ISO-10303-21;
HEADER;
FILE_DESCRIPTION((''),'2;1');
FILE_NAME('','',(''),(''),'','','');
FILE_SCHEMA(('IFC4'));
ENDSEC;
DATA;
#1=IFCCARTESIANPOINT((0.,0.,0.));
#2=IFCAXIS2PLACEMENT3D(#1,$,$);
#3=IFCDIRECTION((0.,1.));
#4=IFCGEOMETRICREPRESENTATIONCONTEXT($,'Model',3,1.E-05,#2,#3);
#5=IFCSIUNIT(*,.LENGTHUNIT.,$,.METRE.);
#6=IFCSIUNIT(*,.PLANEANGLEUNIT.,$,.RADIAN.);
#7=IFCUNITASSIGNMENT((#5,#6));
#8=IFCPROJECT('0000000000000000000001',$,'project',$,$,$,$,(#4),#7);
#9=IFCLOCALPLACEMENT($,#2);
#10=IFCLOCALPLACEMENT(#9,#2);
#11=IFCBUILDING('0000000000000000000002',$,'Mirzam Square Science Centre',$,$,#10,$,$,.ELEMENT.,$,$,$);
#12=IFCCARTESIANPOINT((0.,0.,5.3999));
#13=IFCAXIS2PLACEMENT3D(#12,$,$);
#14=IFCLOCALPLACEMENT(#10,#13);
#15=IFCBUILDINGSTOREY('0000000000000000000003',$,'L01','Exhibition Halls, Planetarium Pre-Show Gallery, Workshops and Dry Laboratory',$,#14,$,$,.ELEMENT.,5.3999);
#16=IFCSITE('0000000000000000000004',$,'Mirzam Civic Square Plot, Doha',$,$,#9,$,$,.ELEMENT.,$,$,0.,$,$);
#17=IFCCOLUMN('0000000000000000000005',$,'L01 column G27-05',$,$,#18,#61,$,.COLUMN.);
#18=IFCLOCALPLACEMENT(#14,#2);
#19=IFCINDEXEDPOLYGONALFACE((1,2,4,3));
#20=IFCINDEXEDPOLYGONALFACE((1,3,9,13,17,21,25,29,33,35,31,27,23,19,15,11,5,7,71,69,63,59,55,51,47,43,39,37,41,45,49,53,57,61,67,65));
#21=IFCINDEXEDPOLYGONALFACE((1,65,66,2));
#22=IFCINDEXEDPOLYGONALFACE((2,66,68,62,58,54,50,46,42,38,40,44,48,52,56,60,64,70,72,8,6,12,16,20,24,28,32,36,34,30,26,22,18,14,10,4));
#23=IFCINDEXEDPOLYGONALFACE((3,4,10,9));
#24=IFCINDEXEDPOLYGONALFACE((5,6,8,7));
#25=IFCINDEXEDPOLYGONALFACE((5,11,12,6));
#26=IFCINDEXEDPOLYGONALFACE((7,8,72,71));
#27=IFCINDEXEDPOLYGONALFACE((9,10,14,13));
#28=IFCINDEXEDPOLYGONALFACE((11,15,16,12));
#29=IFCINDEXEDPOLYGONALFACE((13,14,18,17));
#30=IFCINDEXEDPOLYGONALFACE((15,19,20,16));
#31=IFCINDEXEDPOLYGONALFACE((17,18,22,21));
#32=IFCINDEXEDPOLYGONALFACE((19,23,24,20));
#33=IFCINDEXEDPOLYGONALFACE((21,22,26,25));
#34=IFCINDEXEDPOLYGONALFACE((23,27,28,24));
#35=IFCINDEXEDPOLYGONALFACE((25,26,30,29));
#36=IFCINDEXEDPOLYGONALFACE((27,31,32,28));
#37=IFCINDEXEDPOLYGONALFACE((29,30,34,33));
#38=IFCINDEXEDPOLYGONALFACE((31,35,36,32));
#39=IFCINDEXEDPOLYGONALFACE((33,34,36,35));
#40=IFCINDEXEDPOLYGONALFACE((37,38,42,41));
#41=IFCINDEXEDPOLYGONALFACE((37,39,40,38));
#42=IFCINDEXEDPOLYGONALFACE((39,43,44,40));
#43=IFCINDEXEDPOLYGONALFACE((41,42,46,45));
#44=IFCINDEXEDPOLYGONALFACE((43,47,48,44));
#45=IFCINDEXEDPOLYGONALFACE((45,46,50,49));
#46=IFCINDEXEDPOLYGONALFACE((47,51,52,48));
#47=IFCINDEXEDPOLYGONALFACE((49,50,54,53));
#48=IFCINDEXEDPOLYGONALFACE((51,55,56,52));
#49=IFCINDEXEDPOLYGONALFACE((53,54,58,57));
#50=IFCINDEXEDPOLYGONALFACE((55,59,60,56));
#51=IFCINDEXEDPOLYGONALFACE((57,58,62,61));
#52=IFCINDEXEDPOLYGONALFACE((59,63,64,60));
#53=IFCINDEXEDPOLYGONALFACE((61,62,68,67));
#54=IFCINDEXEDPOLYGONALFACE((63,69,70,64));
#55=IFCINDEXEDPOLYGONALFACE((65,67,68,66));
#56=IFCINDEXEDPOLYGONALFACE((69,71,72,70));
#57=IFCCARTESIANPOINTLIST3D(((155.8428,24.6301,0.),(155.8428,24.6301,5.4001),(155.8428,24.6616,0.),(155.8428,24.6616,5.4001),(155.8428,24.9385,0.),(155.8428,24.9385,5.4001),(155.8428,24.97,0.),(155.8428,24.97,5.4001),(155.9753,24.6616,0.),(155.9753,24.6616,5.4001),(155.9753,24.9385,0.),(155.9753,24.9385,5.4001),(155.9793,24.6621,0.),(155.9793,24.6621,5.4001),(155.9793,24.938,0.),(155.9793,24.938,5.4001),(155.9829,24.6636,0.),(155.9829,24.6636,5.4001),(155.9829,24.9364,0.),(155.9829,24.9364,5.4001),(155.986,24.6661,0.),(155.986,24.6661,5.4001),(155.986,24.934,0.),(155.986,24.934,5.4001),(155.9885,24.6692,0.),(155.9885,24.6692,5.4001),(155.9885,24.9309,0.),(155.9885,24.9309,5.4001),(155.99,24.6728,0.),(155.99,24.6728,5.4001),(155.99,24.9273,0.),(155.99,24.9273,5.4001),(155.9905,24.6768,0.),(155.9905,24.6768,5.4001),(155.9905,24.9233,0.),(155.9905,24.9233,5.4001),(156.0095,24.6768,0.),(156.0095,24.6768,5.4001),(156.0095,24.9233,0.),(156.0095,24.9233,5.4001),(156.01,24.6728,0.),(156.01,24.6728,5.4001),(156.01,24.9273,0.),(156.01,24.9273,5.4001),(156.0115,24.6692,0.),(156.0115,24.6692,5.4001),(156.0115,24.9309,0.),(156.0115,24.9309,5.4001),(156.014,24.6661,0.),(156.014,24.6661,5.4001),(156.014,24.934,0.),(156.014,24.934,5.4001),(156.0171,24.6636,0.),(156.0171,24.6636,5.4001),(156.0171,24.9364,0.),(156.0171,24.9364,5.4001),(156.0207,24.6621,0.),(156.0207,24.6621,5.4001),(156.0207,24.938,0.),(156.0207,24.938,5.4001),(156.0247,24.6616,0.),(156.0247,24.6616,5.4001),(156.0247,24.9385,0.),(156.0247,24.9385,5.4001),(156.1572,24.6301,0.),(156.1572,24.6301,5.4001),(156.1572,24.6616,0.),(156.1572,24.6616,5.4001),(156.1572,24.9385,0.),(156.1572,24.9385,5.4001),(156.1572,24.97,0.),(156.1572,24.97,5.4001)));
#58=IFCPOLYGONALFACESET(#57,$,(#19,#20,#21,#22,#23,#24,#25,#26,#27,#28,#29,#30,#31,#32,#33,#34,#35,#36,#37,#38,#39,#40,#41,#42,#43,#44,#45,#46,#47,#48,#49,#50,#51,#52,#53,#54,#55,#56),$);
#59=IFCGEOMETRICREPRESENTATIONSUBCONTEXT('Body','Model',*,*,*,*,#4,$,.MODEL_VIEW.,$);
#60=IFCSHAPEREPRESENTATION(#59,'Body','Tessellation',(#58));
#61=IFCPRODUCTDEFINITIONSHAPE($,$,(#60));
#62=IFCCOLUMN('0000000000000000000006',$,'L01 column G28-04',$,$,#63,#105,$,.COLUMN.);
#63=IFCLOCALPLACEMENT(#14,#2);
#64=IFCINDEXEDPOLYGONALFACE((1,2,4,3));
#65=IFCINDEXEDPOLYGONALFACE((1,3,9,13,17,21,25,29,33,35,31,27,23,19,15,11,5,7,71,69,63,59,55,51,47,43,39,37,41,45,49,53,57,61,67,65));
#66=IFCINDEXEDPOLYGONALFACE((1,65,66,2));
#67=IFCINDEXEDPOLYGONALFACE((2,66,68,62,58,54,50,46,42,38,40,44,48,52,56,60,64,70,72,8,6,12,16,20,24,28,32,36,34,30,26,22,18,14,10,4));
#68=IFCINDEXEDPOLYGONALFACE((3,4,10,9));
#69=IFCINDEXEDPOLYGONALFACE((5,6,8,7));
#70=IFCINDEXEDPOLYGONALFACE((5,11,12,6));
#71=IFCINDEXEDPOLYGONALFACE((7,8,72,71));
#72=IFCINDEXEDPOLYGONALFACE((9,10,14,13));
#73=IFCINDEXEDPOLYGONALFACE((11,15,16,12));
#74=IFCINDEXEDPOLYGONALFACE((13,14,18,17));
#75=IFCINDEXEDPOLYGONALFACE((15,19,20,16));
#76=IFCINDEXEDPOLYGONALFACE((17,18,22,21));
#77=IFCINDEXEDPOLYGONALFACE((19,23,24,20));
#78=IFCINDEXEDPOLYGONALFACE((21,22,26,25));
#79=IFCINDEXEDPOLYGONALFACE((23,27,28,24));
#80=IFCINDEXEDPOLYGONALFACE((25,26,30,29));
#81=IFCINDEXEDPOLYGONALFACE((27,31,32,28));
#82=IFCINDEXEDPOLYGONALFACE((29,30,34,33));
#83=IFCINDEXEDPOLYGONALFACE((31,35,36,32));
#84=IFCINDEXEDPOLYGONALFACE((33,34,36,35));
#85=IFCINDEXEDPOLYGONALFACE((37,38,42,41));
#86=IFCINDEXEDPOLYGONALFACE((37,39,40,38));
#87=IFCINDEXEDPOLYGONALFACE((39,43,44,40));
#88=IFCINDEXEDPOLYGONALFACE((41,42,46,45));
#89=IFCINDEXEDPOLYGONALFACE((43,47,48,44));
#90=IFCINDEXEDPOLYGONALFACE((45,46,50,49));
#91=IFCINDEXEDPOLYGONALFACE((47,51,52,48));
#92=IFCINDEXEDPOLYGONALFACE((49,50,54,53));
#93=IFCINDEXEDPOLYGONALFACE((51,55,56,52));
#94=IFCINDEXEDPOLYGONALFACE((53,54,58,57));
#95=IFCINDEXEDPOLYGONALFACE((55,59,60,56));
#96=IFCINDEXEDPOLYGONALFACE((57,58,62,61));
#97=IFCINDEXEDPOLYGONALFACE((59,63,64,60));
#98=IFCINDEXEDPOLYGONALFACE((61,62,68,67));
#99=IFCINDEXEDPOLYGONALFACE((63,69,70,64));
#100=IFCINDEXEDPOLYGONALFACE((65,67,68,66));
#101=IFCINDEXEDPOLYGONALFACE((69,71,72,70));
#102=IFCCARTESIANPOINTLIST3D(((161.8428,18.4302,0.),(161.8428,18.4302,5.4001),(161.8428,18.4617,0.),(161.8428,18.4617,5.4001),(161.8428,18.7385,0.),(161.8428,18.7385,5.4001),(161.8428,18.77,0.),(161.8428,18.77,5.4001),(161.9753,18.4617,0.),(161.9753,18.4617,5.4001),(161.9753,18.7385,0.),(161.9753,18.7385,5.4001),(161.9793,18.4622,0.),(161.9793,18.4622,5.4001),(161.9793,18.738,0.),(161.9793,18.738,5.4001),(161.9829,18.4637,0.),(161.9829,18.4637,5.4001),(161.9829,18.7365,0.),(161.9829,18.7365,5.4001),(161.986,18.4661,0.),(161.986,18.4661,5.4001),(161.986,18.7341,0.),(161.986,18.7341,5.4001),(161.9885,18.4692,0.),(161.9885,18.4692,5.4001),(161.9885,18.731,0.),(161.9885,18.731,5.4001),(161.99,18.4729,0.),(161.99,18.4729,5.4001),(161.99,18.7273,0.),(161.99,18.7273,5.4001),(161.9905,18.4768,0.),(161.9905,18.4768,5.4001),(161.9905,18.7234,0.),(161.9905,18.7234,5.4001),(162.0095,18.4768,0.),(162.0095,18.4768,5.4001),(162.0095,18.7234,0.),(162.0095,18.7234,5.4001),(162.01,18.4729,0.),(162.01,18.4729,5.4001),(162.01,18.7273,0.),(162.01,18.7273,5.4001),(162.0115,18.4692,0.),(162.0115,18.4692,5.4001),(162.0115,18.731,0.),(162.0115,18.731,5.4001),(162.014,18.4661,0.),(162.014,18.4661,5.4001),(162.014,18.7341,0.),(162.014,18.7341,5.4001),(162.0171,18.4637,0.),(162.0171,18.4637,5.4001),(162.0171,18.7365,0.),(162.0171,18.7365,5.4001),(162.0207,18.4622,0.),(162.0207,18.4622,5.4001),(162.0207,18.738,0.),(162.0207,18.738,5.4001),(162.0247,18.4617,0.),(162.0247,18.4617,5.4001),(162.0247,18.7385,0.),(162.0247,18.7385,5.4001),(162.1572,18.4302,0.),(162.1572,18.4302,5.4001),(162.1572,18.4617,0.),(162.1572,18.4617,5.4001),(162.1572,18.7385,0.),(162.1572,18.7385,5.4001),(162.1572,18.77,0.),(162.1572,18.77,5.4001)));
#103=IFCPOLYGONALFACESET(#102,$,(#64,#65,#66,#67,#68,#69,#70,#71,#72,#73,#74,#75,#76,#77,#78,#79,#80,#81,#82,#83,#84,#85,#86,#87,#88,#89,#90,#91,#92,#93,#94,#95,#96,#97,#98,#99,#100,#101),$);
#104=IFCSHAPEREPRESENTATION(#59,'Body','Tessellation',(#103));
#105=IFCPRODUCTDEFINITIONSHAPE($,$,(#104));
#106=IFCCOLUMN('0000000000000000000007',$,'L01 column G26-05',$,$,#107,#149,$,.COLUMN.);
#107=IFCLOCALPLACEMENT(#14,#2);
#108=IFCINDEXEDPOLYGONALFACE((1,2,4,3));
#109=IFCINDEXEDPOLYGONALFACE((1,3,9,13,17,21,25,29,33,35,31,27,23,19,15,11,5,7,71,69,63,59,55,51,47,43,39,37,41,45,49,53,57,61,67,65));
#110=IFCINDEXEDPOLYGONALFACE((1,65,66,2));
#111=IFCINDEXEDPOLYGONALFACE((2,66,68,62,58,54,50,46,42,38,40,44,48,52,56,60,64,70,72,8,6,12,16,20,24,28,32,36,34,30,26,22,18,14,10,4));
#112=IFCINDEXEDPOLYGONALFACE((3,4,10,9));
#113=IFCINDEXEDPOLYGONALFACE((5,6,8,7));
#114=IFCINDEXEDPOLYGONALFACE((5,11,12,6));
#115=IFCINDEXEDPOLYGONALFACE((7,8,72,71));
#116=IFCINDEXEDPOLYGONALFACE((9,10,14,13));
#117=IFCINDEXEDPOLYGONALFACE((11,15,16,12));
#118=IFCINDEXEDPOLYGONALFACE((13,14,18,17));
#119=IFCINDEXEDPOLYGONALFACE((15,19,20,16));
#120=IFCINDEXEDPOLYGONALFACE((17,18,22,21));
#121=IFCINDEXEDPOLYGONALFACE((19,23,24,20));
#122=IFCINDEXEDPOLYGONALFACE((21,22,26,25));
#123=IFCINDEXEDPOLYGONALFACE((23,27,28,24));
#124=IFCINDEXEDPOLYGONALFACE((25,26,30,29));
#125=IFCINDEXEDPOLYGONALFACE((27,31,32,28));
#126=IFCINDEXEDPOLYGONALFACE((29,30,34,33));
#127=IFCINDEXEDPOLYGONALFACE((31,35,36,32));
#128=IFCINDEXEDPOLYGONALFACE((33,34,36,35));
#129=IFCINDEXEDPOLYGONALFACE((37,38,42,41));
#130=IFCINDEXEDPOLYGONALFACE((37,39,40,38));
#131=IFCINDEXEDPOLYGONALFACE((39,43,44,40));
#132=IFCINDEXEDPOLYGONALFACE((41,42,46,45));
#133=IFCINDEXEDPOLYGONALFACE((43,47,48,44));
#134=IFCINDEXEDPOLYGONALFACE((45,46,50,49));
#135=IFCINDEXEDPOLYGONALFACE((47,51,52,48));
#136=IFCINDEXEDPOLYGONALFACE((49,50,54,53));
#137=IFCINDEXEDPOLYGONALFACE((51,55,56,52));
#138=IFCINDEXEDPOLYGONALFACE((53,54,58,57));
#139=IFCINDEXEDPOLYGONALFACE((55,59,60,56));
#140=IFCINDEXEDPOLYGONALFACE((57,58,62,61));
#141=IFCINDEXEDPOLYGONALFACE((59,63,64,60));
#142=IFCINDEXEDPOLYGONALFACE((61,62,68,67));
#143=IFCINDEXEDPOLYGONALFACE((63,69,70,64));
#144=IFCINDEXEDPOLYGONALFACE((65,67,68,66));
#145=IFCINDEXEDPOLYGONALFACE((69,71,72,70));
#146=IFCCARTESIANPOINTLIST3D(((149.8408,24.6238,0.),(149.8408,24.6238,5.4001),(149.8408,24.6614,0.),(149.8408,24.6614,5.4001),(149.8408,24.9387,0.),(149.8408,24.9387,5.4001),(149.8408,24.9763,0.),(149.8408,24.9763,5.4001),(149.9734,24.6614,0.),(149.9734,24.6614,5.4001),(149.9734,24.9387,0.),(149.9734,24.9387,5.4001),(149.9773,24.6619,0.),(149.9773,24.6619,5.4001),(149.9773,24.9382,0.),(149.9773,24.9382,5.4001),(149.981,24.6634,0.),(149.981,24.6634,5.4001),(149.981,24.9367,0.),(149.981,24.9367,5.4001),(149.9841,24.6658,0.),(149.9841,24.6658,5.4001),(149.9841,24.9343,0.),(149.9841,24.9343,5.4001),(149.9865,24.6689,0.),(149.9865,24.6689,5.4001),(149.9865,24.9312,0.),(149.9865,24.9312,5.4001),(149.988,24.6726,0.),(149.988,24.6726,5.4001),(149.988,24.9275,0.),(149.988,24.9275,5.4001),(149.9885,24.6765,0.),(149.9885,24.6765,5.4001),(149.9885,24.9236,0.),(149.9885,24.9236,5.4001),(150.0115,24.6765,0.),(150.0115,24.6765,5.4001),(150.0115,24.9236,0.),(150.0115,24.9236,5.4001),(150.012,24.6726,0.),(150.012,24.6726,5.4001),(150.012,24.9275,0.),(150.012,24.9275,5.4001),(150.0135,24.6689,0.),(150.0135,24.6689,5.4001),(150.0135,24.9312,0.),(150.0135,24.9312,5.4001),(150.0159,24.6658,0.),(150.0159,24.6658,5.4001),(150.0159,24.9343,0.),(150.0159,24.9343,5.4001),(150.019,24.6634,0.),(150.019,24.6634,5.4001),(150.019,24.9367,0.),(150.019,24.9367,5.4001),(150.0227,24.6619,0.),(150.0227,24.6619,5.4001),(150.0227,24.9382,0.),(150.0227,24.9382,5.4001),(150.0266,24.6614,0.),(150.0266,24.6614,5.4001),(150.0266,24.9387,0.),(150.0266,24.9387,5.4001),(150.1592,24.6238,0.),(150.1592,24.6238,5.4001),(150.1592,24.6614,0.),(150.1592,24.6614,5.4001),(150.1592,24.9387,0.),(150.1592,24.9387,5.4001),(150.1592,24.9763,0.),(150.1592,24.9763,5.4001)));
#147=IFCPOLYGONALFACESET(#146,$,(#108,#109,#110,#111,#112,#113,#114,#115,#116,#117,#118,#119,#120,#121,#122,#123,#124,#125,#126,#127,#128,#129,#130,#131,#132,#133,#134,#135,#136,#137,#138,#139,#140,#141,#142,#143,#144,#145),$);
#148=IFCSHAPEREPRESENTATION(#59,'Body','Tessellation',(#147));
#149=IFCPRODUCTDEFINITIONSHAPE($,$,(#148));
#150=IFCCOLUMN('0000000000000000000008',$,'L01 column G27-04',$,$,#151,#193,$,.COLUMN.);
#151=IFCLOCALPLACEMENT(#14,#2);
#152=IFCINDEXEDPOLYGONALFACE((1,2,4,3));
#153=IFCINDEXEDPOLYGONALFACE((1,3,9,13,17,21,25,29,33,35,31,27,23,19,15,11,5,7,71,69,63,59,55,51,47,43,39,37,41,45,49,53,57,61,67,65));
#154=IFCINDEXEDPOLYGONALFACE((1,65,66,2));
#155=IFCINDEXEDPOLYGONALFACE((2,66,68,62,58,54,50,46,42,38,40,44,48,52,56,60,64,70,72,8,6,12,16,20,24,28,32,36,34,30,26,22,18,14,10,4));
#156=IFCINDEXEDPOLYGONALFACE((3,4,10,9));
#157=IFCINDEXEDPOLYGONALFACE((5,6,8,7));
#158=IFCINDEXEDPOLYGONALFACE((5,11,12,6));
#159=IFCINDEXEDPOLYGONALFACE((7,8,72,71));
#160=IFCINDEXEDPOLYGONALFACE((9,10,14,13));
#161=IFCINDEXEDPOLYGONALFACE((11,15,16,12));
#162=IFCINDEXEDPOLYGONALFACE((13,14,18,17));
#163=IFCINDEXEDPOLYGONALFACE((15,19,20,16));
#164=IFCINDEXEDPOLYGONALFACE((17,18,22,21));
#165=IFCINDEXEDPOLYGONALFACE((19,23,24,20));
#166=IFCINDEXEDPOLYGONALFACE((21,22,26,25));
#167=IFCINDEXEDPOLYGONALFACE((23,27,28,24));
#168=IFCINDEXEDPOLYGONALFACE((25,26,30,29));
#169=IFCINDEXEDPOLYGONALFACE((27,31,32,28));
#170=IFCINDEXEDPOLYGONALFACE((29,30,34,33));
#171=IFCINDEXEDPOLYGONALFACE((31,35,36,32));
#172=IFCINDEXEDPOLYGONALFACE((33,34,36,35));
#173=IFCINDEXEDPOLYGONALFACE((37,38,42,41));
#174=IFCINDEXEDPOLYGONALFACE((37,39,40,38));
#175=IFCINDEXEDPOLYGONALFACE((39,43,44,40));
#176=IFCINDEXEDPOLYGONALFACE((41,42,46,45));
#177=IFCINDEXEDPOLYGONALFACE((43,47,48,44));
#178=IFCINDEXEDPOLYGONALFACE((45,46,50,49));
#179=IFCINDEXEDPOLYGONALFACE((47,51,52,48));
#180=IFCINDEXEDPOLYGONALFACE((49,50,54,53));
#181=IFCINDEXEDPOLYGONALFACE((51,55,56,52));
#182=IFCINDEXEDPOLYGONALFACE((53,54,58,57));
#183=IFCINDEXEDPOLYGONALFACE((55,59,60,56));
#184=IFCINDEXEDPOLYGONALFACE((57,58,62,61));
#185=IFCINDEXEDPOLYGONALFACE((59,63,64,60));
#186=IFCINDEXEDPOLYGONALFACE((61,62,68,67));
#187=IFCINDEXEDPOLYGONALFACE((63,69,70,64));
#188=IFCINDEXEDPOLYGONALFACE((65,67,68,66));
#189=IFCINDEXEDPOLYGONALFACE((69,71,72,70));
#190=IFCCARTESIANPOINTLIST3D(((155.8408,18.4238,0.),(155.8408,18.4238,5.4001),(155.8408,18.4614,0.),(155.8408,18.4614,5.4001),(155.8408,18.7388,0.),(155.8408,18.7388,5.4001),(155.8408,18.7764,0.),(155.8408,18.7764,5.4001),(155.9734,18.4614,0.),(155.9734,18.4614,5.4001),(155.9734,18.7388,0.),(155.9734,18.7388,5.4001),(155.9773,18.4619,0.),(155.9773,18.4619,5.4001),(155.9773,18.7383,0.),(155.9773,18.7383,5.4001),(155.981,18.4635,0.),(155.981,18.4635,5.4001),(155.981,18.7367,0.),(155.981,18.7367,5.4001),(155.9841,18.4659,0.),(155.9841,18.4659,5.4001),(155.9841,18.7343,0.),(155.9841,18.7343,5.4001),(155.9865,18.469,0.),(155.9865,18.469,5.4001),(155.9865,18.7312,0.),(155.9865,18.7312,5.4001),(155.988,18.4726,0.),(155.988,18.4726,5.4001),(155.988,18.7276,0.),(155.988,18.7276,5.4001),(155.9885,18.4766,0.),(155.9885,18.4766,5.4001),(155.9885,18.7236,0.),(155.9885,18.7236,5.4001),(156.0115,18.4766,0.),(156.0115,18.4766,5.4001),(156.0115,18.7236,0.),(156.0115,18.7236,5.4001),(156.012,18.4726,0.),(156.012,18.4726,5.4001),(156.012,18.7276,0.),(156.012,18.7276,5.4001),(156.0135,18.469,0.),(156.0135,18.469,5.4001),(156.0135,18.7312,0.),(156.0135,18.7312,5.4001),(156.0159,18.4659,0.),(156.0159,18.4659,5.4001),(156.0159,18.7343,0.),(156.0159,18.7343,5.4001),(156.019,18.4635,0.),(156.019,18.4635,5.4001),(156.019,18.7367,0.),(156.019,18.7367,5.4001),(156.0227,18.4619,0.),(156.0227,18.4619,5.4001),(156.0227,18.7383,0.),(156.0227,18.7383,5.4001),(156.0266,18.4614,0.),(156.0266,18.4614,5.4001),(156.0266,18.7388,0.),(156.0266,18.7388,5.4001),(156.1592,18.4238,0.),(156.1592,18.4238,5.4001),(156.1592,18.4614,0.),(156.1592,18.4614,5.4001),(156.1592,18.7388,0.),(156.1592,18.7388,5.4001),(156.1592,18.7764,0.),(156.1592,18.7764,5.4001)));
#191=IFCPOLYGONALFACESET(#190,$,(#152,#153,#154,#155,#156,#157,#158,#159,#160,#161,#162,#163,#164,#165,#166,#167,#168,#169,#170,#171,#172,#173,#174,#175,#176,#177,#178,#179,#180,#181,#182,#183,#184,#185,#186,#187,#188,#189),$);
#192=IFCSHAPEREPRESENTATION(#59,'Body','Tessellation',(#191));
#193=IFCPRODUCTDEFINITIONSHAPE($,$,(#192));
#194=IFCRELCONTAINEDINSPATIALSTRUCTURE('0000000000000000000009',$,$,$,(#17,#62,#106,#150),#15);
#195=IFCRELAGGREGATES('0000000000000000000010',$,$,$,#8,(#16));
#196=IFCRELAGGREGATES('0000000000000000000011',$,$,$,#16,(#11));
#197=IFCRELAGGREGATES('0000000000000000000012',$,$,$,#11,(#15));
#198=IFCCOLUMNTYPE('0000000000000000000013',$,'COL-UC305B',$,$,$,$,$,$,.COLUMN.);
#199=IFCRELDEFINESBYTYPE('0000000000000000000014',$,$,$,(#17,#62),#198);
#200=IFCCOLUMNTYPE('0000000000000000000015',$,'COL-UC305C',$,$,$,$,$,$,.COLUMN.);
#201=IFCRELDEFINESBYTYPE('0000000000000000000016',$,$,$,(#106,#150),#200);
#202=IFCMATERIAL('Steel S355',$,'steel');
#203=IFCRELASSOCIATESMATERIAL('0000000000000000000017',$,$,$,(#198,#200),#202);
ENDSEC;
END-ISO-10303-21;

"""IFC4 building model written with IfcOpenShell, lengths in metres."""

from ifc_helpers import new_model, si_unit, direction, frame, origin, origin_2d, place, context, subcontext, project, spatial, i_section, extrude, material, material_profile, profile_set, type_object, element, save


model = new_model("IFC4")

# Units and contexts
model_context = context("Model", 3, precision=1e-05, world=origin(), true_north=direction((0.0, 1.0)))
body_context = subcontext(model_context, "Body", "Model", "MODEL_VIEW")
ifc_project = project(units=[si_unit("LENGTHUNIT", "METRE"), si_unit("PLANEANGLEUNIT", "RADIAN")], contexts=[model_context])

# Site, building, storey
site_placement = place(None, origin())
site = spatial("IfcSite", under=ifc_project, at=site_placement, Name="Mirzam Civic Square Plot, Doha", CompositionType="ELEMENT", RefElevation=0.0)
building_placement = place(site_placement, origin())
building = spatial("IfcBuilding", under=site, at=building_placement, Name="Mirzam Square Science Centre", CompositionType="ELEMENT")
storey_placement = place(building_placement, frame((0.0, 0.0, 5.3999)))
storey = spatial("IfcBuildingStorey", under=building, at=storey_placement, Name="L01", Description="Exhibition Halls, Planetarium Pre-Show Gallery, Workshops and Dry Laboratory", CompositionType="ELEMENT", Elevation=5.3999)

# Columns
ifc_material_1 = material(Name="Steel S355", Category="steel")
ifc_material_profile_1 = material_profile(ifc_material_1, i_section(OverallWidth=0.3145, OverallDepth=0.3398, WebThickness=0.019, FlangeThickness=0.0315, FilletRadius=0.0151, at=origin_2d()), Name="305x305x198UC")
ifc_profile_set_1 = profile_set([ifc_material_profile_1], Name="Steel S355")
column_type_1 = type_object("IfcColumnType", Name="COL-UC305B", PredefinedType="COLUMN", material=ifc_profile_set_1)
for number, where, z_axis, x_axis, name in (
    (1, (156.0, 24.8, 0.0), (0.0, 0.0, 1.0), (1.0, 0.0, 0.0), "L01 column G27-05"),
    (2, (162.0, 18.6001, 0.0), (0.0, 0.0, 1.0), (1.0, 0.0, 0.0), "L01 column G28-04"),
):
    element("IfcColumn", number, at=place(storey_placement, frame(where, z_axis=z_axis, x_axis=x_axis)), inside=storey, type_object=column_type_1, Name=name, PredefinedType="COLUMN", context=body_context, shape_type="SweptSolid", body=[
        extrude(i_section(OverallWidth=0.3145, OverallDepth=0.3398, WebThickness=0.019, FlangeThickness=0.0315, FilletRadius=0.0151, at=origin_2d()), origin(), (0.0, 0.0, 1.0), 5.4001),
    ])
ifc_material_profile_2 = material_profile(ifc_material_1, i_section(OverallWidth=0.3184, OverallDepth=0.3525, WebThickness=0.0229, FlangeThickness=0.0376, FilletRadius=0.0151, at=origin_2d()), Name="305x305x240UC")
ifc_profile_set_2 = profile_set([ifc_material_profile_2], Name="Steel S355")
column_type_2 = type_object("IfcColumnType", Name="COL-UC305C", PredefinedType="COLUMN", material=ifc_profile_set_2)
for number, where, z_axis, x_axis, name in (
    (3, (150.0, 24.8, 0.0), (0.0, 0.0, 1.0), (1.0, 0.0, 0.0), "L01 column G26-05"),
    (4, (156.0, 18.6001, 0.0), (0.0, 0.0, 1.0), (1.0, 0.0, 0.0), "L01 column G27-04"),
):
    element("IfcColumn", number, at=place(storey_placement, frame(where, z_axis=z_axis, x_axis=x_axis)), inside=storey, type_object=column_type_2, Name=name, PredefinedType="COLUMN", context=body_context, shape_type="SweptSolid", body=[
        extrude(i_section(OverallWidth=0.3184, OverallDepth=0.3525, WebThickness=0.0229, FlangeThickness=0.0376, FilletRadius=0.0151, at=origin_2d()), origin(), (0.0, 0.0, 1.0), 5.4001),
    ])

save(model, "model.ifc")
